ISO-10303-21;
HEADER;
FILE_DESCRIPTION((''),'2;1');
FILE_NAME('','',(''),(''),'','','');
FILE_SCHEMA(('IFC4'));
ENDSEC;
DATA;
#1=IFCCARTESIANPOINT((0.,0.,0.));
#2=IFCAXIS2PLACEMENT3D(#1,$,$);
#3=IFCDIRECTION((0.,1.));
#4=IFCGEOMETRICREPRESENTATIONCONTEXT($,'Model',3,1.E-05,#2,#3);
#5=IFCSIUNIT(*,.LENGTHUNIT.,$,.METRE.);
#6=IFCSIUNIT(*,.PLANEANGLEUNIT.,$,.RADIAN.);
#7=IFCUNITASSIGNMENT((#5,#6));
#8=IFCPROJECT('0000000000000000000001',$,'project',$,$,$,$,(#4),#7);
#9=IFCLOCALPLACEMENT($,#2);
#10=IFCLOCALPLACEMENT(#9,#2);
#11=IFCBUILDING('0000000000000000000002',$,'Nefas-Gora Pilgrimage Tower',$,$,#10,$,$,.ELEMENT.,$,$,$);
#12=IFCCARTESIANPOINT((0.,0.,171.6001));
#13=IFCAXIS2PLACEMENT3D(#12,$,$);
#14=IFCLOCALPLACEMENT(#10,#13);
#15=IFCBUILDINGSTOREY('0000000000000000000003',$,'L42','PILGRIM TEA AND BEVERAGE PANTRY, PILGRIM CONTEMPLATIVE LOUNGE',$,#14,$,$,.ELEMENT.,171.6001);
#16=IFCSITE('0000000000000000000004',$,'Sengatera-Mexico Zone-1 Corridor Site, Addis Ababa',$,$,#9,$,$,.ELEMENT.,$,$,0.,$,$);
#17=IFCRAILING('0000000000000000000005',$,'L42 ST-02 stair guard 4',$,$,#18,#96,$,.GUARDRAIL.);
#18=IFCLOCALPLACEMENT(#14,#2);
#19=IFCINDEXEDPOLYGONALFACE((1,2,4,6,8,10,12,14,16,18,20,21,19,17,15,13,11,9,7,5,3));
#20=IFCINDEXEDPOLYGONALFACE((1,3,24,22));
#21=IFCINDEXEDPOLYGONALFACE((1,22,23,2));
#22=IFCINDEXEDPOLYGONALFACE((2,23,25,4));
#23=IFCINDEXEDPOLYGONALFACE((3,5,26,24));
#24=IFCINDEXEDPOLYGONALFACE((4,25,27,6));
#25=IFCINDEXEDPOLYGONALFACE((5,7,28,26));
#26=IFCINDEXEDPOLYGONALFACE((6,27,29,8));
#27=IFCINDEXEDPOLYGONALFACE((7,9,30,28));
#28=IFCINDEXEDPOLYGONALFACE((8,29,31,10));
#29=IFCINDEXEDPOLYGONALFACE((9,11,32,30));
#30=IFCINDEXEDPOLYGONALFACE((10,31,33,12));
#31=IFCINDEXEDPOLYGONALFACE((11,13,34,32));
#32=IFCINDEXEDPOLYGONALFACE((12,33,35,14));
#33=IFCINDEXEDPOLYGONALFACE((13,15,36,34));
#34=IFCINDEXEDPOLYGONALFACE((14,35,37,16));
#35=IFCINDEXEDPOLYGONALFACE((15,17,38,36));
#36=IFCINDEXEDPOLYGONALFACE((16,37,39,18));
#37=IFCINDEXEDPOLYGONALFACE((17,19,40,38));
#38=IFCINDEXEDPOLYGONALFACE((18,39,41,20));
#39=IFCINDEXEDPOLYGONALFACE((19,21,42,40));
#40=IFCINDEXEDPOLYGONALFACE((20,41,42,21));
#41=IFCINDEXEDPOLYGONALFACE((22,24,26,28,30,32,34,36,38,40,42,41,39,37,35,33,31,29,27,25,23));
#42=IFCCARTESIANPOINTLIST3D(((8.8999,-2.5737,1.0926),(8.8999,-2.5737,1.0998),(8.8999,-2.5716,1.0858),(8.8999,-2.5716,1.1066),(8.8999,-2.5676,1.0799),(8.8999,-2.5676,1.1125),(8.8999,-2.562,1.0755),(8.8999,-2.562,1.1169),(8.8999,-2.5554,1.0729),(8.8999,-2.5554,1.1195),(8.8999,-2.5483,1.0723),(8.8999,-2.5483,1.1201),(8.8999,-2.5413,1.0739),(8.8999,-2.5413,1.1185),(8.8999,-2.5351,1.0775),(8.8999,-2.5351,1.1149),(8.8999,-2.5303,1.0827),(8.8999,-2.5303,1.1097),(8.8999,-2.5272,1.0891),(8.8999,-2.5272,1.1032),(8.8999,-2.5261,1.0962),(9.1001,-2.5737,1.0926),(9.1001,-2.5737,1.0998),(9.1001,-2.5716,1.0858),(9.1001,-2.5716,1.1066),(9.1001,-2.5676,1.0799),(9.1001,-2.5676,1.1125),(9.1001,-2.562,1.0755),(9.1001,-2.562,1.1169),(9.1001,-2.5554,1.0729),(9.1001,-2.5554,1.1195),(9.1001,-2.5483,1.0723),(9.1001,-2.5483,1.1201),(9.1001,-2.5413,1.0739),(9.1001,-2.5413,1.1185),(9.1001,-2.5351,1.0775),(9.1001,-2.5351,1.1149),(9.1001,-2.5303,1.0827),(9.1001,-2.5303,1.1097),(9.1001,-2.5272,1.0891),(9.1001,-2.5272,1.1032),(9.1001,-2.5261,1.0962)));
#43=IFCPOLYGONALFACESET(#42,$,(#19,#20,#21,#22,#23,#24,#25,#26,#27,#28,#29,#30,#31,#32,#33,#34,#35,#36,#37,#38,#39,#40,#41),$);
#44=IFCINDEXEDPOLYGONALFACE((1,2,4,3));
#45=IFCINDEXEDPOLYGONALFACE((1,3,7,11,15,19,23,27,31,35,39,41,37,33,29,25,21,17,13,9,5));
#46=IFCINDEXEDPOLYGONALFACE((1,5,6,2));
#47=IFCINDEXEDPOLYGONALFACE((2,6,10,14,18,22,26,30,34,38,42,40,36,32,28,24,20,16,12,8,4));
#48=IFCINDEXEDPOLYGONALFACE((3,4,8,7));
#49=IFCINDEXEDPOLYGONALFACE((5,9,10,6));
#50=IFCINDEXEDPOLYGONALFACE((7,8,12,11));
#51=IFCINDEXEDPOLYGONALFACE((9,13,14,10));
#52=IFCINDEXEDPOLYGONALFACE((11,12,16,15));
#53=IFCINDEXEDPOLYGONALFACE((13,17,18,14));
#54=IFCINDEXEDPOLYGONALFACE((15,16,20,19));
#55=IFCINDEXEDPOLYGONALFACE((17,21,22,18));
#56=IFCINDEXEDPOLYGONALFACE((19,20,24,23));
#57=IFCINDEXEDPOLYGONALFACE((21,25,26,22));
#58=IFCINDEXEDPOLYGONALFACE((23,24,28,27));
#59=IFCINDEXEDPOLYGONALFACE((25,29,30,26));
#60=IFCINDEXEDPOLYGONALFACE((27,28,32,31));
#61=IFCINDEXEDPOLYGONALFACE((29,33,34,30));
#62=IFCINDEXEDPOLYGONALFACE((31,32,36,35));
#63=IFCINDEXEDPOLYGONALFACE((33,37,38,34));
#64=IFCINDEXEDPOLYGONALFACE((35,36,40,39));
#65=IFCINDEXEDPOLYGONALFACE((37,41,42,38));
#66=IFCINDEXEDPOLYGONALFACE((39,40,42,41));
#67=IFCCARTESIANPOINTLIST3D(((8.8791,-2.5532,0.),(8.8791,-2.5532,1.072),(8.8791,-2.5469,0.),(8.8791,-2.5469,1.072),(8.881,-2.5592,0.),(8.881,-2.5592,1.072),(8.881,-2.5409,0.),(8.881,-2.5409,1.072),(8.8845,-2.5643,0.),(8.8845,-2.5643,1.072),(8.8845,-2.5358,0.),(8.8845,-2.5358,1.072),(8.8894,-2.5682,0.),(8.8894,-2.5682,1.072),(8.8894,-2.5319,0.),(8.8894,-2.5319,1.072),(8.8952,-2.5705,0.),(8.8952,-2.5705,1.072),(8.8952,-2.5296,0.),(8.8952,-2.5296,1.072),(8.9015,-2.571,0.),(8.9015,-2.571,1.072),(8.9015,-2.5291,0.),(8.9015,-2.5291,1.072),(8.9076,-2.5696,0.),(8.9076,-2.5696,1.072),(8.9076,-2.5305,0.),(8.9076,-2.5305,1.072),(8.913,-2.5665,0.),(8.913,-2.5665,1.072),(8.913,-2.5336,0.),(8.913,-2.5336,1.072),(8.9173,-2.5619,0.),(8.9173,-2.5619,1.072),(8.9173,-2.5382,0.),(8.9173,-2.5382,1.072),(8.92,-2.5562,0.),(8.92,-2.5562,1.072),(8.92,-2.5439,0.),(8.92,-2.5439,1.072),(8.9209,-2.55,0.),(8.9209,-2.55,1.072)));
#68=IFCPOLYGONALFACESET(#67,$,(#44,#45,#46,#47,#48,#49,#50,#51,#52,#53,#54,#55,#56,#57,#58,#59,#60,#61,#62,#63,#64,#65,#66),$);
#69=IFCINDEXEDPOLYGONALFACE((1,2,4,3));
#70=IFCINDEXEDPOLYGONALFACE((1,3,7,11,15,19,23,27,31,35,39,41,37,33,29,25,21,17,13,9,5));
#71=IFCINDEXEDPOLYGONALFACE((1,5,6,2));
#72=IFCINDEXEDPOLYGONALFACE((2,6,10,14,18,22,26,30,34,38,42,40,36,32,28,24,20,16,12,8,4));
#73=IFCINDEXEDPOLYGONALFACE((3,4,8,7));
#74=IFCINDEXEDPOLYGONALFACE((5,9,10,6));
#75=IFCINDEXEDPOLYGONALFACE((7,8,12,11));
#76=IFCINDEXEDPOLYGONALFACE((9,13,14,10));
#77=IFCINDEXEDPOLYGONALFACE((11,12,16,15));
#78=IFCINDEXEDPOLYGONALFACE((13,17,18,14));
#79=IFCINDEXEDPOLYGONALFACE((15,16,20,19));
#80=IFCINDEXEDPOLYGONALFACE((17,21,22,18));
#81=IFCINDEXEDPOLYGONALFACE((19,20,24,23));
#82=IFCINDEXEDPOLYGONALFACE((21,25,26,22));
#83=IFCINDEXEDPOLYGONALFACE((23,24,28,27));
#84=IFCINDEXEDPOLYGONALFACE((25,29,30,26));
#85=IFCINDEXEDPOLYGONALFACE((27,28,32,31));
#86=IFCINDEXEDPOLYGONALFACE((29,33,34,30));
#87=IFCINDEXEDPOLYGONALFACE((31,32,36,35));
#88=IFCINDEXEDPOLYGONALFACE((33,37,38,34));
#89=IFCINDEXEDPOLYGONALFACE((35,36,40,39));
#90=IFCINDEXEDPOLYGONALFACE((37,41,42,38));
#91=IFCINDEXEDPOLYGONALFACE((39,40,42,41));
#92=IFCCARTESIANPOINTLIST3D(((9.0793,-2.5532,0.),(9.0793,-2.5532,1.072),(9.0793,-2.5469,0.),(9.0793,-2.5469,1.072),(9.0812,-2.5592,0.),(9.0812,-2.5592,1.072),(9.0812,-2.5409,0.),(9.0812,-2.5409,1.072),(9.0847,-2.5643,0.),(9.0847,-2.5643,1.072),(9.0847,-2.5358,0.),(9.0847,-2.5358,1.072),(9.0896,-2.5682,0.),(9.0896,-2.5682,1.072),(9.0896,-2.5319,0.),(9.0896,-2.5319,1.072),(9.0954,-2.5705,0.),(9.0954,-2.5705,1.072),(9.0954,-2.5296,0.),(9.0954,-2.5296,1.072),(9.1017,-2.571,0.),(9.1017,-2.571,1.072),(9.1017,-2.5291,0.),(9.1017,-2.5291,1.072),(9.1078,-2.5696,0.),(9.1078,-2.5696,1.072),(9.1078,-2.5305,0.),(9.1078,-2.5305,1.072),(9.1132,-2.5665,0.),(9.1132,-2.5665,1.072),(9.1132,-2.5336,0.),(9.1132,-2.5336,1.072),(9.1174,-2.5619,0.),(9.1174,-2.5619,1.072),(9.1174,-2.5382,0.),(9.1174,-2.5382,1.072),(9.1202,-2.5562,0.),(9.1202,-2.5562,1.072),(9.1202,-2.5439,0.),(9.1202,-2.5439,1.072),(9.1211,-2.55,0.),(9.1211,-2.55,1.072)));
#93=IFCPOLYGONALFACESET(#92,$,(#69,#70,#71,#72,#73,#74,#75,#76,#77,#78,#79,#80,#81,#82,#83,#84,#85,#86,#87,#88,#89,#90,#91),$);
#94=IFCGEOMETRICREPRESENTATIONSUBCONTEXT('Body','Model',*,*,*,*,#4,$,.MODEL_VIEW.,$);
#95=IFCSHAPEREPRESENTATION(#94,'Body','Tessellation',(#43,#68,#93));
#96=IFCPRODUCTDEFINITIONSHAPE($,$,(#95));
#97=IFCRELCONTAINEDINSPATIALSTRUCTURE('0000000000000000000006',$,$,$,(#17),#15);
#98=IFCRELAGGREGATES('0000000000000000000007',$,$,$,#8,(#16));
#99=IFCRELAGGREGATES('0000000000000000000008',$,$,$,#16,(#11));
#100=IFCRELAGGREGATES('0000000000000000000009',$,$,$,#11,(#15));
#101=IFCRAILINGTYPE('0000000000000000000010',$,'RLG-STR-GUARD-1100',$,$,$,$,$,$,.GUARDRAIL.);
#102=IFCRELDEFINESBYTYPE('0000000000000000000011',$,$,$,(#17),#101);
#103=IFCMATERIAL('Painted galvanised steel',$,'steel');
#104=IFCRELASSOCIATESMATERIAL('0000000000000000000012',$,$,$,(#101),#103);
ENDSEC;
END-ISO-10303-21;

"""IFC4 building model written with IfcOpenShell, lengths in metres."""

from ifc_helpers import new_model, si_unit, direction, frame, origin, origin_2d, place, context, subcontext, project, spatial, circle, extrude, material, type_object, element, save


model = new_model("IFC4")

# Units and contexts
model_context = context("Model", 3, precision=1e-05, world=origin(), true_north=direction((0.0, 1.0)))
body_context = subcontext(model_context, "Body", "Model", "MODEL_VIEW")
ifc_project = project(units=[si_unit("LENGTHUNIT", "METRE"), si_unit("PLANEANGLEUNIT", "RADIAN")], contexts=[model_context])

# Site, building, storey
site_placement = place(None, origin())
site = spatial("IfcSite", under=ifc_project, at=site_placement, Name="Sengatera-Mexico Zone-1 Corridor Site, Addis Ababa", CompositionType="ELEMENT", RefElevation=0.0)
building_placement = place(site_placement, origin())
building = spatial("IfcBuilding", under=site, at=building_placement, Name="Nefas-Gora Pilgrimage Tower", CompositionType="ELEMENT")
storey_placement = place(building_placement, frame((0.0, 0.0, 171.6001)))
storey = spatial("IfcBuildingStorey", under=building, at=storey_placement, Name="L42", Description="PILGRIM TEA AND BEVERAGE PANTRY, PILGRIM CONTEMPLATIVE LOUNGE", CompositionType="ELEMENT", Elevation=171.6001)

# Railing
ifc_material_1 = material(Name="Painted galvanised steel", Category="steel")
railing_type_1 = type_object("IfcRailingType", Name="RLG-STR-GUARD-1100", PredefinedType="GUARDRAIL", material=ifc_material_1)
railing_1_placement = place(storey_placement, frame((8.8999, -2.55, 0.0)))
element("IfcRailing", 1, at=railing_1_placement, inside=storey, type_object=railing_type_1, Name="L42 ST-02 stair guard 4", PredefinedType="GUARDRAIL", context=body_context, shape_type="SweptSolid", body=[
    extrude(circle(Radius=0.0239, at=origin_2d()), frame((0.0, 0.0, 1.0962), z_axis=(1.0, 0.0, 0.0), x_axis=(0.0, 1.0, 0.0)), (0.0, 0.0, 1.0), 0.2002),
    extrude(circle(Radius=0.021, at=origin_2d()), origin(), (0.0, 0.0, 1.0), 1.072),
    extrude(circle(Radius=0.021, at=origin_2d()), frame((0.2002, 0.0, 0.0)), (0.0, 0.0, 1.0), 1.072),
])

save(model, "model.ifc")
